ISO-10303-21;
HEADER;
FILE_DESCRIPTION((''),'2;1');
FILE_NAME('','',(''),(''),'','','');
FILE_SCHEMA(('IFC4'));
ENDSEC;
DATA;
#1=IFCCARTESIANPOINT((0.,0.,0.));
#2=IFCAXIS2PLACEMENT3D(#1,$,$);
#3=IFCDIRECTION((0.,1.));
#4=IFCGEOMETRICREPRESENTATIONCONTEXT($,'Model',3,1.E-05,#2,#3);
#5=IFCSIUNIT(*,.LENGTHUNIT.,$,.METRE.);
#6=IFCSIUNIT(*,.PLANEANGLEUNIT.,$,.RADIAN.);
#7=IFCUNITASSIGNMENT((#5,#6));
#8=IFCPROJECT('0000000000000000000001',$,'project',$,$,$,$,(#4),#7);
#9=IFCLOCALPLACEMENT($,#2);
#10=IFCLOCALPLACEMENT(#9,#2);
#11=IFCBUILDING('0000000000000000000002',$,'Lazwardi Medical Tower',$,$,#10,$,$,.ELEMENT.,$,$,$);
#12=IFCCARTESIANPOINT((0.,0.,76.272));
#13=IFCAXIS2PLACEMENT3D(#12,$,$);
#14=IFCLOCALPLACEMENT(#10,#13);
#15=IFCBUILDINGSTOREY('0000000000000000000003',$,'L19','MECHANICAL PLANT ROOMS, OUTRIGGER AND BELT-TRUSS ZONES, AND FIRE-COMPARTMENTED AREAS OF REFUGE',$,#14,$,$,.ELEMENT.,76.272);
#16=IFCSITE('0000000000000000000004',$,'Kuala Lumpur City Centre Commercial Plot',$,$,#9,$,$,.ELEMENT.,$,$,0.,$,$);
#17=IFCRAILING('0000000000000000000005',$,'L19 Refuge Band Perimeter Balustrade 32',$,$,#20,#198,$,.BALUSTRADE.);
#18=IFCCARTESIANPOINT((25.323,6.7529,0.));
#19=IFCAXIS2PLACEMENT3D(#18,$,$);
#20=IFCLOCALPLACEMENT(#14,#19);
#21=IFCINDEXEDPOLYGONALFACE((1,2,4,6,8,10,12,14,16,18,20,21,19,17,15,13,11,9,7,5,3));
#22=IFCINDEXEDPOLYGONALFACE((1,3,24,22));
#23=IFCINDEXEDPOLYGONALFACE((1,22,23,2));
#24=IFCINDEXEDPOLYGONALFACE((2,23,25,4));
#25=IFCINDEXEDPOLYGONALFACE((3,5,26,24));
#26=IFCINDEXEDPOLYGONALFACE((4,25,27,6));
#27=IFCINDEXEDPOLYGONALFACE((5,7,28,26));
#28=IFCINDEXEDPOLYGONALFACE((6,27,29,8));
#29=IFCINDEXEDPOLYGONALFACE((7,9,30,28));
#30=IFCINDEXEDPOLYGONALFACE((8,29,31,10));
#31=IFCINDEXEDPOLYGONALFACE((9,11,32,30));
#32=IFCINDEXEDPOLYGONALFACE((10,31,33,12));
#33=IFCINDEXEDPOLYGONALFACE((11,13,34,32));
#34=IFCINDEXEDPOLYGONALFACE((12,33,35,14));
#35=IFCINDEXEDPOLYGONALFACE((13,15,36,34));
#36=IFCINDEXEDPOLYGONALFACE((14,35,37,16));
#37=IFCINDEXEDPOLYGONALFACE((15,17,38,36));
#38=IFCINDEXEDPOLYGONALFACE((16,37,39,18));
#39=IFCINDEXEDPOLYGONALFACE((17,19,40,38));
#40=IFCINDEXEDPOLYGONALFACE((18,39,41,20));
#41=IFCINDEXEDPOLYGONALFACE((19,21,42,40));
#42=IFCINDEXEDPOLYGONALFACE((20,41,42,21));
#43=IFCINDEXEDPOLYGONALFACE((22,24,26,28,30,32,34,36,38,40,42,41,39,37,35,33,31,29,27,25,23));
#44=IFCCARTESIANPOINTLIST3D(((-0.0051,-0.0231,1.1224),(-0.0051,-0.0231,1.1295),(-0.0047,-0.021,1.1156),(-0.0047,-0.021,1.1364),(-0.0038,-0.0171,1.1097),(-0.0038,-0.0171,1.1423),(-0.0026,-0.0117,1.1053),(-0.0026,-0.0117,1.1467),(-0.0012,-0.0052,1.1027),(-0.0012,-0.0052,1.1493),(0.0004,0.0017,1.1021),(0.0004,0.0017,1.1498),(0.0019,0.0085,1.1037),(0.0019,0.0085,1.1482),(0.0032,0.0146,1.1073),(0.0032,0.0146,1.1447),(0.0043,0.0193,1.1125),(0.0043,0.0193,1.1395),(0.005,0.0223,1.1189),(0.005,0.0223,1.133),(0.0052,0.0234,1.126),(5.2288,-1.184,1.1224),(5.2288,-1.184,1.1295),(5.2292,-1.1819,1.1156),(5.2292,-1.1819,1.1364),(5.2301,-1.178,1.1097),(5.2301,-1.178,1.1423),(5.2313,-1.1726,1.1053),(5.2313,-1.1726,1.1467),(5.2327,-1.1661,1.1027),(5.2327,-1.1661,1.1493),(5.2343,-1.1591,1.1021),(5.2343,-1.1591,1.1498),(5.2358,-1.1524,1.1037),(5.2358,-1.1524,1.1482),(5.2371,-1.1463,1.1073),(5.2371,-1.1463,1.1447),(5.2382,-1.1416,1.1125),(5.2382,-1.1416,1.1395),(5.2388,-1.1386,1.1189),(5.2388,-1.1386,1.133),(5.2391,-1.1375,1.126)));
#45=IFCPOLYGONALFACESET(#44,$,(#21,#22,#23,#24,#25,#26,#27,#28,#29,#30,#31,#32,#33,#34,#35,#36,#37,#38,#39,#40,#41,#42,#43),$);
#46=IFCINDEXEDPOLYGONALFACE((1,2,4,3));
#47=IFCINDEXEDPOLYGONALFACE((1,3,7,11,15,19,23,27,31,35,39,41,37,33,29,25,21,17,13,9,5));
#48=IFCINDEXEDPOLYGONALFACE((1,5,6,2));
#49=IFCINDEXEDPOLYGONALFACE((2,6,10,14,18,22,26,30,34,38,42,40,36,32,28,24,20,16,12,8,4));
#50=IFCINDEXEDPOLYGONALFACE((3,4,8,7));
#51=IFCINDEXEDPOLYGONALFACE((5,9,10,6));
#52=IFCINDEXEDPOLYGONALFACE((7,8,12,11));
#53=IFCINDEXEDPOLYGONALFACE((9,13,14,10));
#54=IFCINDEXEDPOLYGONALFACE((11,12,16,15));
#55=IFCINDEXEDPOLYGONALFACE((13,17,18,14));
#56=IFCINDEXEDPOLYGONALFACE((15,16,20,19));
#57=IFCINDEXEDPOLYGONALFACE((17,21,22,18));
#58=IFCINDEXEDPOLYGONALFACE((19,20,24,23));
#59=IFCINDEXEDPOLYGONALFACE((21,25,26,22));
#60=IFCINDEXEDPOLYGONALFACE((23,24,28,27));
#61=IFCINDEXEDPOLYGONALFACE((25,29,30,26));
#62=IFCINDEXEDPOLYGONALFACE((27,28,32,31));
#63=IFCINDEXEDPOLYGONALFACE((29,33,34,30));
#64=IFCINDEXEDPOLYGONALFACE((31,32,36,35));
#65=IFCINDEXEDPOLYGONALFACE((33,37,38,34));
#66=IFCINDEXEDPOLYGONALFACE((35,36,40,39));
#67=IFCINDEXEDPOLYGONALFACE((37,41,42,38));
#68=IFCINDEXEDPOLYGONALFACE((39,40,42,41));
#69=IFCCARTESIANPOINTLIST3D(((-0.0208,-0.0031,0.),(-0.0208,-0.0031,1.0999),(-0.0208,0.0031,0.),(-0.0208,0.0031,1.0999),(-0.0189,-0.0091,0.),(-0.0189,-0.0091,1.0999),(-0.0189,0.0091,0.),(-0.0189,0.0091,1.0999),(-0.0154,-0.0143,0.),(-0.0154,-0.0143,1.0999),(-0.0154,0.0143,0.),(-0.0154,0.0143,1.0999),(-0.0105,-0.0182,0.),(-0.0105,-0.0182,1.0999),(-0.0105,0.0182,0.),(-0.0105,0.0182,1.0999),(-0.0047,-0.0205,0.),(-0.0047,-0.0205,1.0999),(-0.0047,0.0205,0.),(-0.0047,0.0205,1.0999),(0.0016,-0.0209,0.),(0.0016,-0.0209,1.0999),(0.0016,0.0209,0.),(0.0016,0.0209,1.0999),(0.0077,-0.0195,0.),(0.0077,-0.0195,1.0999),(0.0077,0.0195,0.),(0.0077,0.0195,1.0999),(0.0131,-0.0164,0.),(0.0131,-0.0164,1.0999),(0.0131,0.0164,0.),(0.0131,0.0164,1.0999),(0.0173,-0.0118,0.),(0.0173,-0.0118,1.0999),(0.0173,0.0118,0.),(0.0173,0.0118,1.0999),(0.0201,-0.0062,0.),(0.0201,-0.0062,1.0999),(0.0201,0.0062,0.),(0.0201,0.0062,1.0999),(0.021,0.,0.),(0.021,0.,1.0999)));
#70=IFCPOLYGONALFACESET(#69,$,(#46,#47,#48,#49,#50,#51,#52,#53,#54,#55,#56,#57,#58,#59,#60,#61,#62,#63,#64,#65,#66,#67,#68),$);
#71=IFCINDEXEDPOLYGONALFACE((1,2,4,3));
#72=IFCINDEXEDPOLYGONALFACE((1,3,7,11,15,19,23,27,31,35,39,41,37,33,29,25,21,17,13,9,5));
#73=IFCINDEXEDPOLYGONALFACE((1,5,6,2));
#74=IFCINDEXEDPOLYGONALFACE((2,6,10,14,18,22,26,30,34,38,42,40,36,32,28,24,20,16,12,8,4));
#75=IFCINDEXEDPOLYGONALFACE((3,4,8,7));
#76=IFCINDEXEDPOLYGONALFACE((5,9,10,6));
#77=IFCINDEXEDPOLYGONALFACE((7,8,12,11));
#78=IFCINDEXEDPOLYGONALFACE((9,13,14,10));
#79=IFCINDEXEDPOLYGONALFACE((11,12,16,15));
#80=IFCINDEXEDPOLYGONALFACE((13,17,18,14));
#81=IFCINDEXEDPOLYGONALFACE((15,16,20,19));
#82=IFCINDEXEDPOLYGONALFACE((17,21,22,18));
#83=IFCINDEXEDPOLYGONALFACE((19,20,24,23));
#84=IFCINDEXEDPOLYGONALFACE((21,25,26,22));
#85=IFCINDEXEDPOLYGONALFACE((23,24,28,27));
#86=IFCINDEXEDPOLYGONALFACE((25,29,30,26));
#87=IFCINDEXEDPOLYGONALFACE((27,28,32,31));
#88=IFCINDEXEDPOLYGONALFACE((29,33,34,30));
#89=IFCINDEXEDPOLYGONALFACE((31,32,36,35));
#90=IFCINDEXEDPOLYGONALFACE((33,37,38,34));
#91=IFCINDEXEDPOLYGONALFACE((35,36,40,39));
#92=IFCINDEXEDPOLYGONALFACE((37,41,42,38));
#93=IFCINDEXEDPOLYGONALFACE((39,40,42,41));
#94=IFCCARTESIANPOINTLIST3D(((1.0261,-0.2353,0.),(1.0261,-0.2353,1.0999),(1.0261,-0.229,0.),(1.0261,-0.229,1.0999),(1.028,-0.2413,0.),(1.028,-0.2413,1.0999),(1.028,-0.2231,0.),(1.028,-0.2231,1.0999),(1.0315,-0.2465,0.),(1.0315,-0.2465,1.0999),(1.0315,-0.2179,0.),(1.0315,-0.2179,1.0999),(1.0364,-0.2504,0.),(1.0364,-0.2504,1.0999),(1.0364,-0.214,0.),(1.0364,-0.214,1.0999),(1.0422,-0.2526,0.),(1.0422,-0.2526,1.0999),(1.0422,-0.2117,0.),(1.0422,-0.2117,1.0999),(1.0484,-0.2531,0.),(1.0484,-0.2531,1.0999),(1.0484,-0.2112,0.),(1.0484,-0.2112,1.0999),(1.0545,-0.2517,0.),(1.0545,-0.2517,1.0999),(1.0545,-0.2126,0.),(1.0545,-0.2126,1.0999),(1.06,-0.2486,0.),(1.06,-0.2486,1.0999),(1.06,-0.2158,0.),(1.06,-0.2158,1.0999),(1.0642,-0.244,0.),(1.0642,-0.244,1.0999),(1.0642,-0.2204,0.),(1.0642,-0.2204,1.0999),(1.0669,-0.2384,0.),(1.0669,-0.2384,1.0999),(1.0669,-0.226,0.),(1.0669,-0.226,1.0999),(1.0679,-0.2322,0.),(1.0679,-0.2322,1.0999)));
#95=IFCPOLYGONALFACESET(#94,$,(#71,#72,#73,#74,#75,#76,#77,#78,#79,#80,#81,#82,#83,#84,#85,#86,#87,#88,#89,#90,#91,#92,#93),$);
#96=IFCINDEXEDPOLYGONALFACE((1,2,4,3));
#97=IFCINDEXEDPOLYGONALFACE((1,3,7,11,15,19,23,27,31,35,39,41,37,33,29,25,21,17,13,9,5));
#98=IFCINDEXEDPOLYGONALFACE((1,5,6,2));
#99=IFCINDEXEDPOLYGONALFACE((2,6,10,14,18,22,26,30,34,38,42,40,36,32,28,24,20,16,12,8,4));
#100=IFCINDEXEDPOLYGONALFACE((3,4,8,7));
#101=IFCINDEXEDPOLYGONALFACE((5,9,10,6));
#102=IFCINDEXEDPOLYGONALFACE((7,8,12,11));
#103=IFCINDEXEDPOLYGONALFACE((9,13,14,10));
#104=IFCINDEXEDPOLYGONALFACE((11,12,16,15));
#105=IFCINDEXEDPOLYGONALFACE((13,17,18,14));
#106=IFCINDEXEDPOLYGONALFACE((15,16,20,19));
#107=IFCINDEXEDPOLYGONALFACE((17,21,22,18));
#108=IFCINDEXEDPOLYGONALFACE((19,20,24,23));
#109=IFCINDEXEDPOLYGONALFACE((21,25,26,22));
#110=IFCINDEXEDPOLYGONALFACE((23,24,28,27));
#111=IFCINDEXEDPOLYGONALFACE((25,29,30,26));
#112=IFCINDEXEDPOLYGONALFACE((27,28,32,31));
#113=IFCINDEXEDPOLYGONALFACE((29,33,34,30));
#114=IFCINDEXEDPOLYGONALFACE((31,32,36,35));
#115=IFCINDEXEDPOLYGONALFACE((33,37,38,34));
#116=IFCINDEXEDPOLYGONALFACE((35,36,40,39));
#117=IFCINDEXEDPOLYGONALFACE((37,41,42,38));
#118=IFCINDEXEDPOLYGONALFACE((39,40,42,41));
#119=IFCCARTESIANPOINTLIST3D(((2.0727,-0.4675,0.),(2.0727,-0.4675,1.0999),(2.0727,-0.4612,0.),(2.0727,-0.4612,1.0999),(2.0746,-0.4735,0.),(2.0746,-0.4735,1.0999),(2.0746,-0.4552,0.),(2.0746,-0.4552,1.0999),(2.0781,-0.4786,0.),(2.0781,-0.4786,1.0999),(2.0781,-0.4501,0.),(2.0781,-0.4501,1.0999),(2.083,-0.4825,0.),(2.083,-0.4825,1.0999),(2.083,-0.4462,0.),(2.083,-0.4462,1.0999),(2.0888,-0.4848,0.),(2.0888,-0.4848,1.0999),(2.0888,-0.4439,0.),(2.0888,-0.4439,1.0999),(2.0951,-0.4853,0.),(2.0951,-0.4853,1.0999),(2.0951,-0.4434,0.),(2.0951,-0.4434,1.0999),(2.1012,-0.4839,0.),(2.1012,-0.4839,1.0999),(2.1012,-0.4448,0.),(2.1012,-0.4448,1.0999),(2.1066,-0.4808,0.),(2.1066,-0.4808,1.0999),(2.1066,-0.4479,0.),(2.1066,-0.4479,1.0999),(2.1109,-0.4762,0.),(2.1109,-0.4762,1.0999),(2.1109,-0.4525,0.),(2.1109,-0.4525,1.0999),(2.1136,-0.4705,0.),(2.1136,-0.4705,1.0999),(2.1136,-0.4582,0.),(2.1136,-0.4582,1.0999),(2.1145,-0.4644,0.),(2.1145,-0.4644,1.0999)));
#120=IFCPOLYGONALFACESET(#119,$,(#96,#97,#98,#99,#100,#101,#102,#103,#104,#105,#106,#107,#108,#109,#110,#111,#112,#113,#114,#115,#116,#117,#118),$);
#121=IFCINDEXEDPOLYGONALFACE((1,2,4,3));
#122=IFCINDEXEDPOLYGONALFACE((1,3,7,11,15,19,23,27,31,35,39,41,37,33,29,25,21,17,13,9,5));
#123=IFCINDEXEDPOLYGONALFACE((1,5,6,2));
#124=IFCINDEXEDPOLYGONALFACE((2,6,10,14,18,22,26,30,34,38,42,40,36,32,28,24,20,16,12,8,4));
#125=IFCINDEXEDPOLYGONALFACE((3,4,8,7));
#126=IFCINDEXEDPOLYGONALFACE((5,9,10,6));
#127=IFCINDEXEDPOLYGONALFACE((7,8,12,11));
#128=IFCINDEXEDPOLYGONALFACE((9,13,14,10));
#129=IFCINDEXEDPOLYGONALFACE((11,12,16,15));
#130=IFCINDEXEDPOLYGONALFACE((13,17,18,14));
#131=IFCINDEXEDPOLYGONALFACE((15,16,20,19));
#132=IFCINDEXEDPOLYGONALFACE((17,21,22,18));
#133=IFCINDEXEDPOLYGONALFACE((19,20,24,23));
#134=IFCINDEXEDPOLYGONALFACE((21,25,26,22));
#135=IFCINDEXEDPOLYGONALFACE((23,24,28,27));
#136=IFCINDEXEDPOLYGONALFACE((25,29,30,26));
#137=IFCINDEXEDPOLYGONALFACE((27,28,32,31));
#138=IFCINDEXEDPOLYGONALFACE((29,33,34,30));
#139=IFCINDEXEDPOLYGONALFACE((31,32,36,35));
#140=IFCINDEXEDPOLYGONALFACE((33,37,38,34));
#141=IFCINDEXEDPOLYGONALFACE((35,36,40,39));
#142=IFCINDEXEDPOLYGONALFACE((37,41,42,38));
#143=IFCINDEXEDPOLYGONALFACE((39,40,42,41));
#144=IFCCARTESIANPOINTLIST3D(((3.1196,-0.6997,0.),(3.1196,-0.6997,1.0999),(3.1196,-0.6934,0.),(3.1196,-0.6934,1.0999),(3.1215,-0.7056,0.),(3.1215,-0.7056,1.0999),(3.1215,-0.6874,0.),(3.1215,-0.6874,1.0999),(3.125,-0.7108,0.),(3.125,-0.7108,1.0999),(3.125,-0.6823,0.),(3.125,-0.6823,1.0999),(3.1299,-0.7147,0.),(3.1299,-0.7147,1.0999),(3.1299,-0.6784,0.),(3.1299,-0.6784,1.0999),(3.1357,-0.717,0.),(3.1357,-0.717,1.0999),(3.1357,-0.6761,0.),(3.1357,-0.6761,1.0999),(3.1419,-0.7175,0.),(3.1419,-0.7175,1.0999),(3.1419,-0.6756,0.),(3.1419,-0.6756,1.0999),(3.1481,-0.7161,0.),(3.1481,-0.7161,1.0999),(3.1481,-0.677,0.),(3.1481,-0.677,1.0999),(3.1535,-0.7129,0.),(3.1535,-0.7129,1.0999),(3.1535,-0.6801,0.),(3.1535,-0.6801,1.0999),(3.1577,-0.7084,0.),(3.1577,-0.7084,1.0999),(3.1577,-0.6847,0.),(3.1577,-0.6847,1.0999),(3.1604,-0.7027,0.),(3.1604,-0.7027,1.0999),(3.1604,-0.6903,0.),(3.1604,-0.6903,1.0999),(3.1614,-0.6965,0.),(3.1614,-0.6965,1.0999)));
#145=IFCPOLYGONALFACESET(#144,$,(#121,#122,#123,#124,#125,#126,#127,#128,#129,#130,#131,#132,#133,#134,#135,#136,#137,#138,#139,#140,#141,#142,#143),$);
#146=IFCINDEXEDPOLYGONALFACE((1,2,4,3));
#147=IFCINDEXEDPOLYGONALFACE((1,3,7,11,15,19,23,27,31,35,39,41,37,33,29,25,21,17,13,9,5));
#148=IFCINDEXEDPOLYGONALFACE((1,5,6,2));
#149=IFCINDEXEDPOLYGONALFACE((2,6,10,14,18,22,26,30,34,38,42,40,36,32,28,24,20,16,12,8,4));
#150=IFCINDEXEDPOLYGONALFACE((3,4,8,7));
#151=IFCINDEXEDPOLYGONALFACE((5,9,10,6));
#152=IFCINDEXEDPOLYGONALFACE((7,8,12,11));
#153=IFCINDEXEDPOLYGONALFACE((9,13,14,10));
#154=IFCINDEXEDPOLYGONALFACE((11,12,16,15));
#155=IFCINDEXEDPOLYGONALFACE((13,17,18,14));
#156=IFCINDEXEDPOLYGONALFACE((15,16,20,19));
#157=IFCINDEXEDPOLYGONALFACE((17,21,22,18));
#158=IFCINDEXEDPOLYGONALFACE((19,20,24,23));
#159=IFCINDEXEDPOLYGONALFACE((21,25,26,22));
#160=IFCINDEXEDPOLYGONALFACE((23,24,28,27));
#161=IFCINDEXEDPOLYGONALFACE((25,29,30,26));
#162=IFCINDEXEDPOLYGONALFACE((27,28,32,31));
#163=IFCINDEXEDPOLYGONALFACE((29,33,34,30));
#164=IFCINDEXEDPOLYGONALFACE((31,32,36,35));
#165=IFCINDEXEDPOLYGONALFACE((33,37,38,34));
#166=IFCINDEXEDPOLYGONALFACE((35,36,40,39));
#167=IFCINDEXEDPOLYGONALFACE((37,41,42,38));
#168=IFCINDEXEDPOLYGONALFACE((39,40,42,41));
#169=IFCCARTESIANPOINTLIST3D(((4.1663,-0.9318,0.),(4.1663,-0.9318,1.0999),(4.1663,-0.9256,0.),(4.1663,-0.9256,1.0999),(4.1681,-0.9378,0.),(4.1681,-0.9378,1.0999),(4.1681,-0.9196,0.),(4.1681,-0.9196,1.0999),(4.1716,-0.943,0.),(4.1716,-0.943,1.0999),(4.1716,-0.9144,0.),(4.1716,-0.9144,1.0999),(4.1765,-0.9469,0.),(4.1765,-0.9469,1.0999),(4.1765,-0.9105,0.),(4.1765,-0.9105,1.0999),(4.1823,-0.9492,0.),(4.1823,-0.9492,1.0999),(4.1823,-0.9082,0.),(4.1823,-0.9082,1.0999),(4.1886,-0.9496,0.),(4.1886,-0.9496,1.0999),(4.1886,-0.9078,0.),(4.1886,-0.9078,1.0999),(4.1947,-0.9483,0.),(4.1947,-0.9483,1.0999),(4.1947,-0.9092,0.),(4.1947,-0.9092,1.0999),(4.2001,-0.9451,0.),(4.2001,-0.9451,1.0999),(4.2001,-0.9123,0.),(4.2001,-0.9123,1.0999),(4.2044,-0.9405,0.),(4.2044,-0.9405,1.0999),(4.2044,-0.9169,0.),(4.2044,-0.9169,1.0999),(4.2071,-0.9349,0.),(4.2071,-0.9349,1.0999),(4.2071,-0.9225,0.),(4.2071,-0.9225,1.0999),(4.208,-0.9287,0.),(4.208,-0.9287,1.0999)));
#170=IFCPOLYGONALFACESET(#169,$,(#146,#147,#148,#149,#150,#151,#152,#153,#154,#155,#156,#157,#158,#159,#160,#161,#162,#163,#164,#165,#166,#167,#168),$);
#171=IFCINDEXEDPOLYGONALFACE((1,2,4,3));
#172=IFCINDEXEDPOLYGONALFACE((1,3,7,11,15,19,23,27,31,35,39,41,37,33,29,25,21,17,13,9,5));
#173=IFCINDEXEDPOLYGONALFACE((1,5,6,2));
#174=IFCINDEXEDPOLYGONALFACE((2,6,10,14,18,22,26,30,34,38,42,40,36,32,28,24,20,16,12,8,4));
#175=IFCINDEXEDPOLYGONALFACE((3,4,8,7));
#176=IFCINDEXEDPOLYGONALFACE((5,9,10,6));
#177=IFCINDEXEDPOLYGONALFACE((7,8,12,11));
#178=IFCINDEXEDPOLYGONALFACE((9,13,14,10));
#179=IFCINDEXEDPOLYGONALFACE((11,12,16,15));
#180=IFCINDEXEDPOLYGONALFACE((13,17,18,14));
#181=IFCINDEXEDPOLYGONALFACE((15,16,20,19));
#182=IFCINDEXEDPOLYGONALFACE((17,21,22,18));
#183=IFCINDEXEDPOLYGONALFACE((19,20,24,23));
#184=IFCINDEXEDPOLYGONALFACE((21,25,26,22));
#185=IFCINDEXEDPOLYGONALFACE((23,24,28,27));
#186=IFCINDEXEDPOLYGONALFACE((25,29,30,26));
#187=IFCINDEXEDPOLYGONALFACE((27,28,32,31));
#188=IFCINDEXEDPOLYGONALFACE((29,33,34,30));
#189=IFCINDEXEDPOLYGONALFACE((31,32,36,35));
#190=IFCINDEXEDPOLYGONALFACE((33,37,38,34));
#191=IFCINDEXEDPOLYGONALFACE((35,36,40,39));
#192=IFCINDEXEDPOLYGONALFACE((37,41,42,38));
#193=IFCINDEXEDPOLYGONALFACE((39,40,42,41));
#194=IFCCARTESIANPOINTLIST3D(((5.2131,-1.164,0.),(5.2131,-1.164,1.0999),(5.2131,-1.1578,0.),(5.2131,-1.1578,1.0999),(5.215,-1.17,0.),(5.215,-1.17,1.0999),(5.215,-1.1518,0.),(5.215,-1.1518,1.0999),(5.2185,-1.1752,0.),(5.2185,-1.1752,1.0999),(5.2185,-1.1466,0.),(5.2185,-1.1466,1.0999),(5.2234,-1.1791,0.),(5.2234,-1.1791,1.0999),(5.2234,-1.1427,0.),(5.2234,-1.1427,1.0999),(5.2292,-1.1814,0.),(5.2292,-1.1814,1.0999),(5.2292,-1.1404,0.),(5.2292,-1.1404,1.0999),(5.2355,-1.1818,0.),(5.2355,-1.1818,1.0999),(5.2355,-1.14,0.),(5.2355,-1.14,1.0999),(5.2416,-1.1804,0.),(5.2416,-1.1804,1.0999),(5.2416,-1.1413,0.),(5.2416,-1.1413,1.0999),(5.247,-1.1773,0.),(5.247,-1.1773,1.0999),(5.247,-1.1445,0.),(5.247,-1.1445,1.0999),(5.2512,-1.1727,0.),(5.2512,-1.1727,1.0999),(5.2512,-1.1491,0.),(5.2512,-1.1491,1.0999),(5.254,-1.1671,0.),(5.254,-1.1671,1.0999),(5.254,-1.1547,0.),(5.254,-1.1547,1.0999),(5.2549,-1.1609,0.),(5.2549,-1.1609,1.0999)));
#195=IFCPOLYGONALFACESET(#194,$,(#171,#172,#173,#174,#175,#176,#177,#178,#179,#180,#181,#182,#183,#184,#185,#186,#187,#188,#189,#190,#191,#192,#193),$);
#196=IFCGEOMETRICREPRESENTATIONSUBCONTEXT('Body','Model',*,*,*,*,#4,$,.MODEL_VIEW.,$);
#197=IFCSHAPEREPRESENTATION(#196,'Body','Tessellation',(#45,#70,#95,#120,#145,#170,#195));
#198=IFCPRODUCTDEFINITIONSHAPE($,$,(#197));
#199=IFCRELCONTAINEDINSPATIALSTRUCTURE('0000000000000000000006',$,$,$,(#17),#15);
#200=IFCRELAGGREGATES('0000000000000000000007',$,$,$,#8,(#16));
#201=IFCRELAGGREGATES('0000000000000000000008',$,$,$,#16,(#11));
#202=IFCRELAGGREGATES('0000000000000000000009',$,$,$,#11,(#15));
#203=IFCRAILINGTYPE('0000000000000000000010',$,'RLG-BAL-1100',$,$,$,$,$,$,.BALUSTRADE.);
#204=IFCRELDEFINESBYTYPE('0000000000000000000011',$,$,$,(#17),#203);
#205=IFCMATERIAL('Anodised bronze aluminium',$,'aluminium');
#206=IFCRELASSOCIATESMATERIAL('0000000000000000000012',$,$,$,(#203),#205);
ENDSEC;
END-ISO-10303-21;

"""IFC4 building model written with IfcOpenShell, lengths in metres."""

from ifc_helpers import new_model, si_unit, direction, frame, origin, origin_2d, place, context, subcontext, project, spatial, circle, extrude, material, type_object, element, save


model = new_model("IFC4")

# Units and contexts
model_context = context("Model", 3, precision=1e-05, world=origin(), true_north=direction((0.0, 1.0)))
body_context = subcontext(model_context, "Body", "Model", "MODEL_VIEW")
ifc_project = project(units=[si_unit("LENGTHUNIT", "METRE"), si_unit("PLANEANGLEUNIT", "RADIAN")], contexts=[model_context])

# Site, building, storey
site_placement = place(None, origin())
site = spatial("IfcSite", under=ifc_project, at=site_placement, Name="Kuala Lumpur City Centre Commercial Plot", CompositionType="ELEMENT", RefElevation=0.0)
building_placement = place(site_placement, origin())
building = spatial("IfcBuilding", under=site, at=building_placement, Name="Lazwardi Medical Tower", CompositionType="ELEMENT")
storey_placement = place(building_placement, frame((0.0, 0.0, 76.272)))
storey = spatial("IfcBuildingStorey", under=building, at=storey_placement, Name="L19", Description="MECHANICAL PLANT ROOMS, OUTRIGGER AND BELT-TRUSS ZONES, AND FIRE-COMPARTMENTED AREAS OF REFUGE", CompositionType="ELEMENT", Elevation=76.272)

# Railing
ifc_material_1 = material(Name="Anodised bronze aluminium", Category="aluminium")
railing_type = type_object("IfcRailingType", Name="RLG-BAL-1100", PredefinedType="BALUSTRADE", material=ifc_material_1)
railing_1_placement = place(storey_placement, frame((25.323, 6.7529, 0.0)))
element("IfcRailing", 1, at=railing_1_placement, inside=storey, type_object=railing_type, Name="L19 Refuge Band Perimeter Balustrade 32", PredefinedType="BALUSTRADE", context=body_context, shape_type="SweptSolid", body=[
    extrude(circle(Radius=0.0239, at=origin_2d()), frame((0.0, 0.0, 1.126), z_axis=(0.976274, -0.21654, 0.0), x_axis=(0.21654, 0.976274, 0.0)), (0.0, 0.0, 1.0), 5.3611),
    extrude(circle(Radius=0.021, at=origin_2d()), origin(), (0.0, 0.0, 1.0), 1.0999),
    extrude(circle(Radius=0.021, at=origin_2d()), frame((1.0469, -0.2322, 0.0)), (0.0, 0.0, 1.0), 1.0999),
    extrude(circle(Radius=0.021, at=origin_2d()), frame((2.0935, -0.4644, 0.0)), (0.0, 0.0, 1.0), 1.0999),
    extrude(circle(Radius=0.021, at=origin_2d()), frame((3.1404, -0.6965, 0.0)), (0.0, 0.0, 1.0), 1.0999),
    extrude(circle(Radius=0.021, at=origin_2d()), frame((4.187, -0.9287, 0.0)), (0.0, 0.0, 1.0), 1.0999),
    extrude(circle(Radius=0.021, at=origin_2d()), frame((5.2339, -1.1609, 0.0)), (0.0, 0.0, 1.0), 1.0999),
])

save(model, "model.ifc")
